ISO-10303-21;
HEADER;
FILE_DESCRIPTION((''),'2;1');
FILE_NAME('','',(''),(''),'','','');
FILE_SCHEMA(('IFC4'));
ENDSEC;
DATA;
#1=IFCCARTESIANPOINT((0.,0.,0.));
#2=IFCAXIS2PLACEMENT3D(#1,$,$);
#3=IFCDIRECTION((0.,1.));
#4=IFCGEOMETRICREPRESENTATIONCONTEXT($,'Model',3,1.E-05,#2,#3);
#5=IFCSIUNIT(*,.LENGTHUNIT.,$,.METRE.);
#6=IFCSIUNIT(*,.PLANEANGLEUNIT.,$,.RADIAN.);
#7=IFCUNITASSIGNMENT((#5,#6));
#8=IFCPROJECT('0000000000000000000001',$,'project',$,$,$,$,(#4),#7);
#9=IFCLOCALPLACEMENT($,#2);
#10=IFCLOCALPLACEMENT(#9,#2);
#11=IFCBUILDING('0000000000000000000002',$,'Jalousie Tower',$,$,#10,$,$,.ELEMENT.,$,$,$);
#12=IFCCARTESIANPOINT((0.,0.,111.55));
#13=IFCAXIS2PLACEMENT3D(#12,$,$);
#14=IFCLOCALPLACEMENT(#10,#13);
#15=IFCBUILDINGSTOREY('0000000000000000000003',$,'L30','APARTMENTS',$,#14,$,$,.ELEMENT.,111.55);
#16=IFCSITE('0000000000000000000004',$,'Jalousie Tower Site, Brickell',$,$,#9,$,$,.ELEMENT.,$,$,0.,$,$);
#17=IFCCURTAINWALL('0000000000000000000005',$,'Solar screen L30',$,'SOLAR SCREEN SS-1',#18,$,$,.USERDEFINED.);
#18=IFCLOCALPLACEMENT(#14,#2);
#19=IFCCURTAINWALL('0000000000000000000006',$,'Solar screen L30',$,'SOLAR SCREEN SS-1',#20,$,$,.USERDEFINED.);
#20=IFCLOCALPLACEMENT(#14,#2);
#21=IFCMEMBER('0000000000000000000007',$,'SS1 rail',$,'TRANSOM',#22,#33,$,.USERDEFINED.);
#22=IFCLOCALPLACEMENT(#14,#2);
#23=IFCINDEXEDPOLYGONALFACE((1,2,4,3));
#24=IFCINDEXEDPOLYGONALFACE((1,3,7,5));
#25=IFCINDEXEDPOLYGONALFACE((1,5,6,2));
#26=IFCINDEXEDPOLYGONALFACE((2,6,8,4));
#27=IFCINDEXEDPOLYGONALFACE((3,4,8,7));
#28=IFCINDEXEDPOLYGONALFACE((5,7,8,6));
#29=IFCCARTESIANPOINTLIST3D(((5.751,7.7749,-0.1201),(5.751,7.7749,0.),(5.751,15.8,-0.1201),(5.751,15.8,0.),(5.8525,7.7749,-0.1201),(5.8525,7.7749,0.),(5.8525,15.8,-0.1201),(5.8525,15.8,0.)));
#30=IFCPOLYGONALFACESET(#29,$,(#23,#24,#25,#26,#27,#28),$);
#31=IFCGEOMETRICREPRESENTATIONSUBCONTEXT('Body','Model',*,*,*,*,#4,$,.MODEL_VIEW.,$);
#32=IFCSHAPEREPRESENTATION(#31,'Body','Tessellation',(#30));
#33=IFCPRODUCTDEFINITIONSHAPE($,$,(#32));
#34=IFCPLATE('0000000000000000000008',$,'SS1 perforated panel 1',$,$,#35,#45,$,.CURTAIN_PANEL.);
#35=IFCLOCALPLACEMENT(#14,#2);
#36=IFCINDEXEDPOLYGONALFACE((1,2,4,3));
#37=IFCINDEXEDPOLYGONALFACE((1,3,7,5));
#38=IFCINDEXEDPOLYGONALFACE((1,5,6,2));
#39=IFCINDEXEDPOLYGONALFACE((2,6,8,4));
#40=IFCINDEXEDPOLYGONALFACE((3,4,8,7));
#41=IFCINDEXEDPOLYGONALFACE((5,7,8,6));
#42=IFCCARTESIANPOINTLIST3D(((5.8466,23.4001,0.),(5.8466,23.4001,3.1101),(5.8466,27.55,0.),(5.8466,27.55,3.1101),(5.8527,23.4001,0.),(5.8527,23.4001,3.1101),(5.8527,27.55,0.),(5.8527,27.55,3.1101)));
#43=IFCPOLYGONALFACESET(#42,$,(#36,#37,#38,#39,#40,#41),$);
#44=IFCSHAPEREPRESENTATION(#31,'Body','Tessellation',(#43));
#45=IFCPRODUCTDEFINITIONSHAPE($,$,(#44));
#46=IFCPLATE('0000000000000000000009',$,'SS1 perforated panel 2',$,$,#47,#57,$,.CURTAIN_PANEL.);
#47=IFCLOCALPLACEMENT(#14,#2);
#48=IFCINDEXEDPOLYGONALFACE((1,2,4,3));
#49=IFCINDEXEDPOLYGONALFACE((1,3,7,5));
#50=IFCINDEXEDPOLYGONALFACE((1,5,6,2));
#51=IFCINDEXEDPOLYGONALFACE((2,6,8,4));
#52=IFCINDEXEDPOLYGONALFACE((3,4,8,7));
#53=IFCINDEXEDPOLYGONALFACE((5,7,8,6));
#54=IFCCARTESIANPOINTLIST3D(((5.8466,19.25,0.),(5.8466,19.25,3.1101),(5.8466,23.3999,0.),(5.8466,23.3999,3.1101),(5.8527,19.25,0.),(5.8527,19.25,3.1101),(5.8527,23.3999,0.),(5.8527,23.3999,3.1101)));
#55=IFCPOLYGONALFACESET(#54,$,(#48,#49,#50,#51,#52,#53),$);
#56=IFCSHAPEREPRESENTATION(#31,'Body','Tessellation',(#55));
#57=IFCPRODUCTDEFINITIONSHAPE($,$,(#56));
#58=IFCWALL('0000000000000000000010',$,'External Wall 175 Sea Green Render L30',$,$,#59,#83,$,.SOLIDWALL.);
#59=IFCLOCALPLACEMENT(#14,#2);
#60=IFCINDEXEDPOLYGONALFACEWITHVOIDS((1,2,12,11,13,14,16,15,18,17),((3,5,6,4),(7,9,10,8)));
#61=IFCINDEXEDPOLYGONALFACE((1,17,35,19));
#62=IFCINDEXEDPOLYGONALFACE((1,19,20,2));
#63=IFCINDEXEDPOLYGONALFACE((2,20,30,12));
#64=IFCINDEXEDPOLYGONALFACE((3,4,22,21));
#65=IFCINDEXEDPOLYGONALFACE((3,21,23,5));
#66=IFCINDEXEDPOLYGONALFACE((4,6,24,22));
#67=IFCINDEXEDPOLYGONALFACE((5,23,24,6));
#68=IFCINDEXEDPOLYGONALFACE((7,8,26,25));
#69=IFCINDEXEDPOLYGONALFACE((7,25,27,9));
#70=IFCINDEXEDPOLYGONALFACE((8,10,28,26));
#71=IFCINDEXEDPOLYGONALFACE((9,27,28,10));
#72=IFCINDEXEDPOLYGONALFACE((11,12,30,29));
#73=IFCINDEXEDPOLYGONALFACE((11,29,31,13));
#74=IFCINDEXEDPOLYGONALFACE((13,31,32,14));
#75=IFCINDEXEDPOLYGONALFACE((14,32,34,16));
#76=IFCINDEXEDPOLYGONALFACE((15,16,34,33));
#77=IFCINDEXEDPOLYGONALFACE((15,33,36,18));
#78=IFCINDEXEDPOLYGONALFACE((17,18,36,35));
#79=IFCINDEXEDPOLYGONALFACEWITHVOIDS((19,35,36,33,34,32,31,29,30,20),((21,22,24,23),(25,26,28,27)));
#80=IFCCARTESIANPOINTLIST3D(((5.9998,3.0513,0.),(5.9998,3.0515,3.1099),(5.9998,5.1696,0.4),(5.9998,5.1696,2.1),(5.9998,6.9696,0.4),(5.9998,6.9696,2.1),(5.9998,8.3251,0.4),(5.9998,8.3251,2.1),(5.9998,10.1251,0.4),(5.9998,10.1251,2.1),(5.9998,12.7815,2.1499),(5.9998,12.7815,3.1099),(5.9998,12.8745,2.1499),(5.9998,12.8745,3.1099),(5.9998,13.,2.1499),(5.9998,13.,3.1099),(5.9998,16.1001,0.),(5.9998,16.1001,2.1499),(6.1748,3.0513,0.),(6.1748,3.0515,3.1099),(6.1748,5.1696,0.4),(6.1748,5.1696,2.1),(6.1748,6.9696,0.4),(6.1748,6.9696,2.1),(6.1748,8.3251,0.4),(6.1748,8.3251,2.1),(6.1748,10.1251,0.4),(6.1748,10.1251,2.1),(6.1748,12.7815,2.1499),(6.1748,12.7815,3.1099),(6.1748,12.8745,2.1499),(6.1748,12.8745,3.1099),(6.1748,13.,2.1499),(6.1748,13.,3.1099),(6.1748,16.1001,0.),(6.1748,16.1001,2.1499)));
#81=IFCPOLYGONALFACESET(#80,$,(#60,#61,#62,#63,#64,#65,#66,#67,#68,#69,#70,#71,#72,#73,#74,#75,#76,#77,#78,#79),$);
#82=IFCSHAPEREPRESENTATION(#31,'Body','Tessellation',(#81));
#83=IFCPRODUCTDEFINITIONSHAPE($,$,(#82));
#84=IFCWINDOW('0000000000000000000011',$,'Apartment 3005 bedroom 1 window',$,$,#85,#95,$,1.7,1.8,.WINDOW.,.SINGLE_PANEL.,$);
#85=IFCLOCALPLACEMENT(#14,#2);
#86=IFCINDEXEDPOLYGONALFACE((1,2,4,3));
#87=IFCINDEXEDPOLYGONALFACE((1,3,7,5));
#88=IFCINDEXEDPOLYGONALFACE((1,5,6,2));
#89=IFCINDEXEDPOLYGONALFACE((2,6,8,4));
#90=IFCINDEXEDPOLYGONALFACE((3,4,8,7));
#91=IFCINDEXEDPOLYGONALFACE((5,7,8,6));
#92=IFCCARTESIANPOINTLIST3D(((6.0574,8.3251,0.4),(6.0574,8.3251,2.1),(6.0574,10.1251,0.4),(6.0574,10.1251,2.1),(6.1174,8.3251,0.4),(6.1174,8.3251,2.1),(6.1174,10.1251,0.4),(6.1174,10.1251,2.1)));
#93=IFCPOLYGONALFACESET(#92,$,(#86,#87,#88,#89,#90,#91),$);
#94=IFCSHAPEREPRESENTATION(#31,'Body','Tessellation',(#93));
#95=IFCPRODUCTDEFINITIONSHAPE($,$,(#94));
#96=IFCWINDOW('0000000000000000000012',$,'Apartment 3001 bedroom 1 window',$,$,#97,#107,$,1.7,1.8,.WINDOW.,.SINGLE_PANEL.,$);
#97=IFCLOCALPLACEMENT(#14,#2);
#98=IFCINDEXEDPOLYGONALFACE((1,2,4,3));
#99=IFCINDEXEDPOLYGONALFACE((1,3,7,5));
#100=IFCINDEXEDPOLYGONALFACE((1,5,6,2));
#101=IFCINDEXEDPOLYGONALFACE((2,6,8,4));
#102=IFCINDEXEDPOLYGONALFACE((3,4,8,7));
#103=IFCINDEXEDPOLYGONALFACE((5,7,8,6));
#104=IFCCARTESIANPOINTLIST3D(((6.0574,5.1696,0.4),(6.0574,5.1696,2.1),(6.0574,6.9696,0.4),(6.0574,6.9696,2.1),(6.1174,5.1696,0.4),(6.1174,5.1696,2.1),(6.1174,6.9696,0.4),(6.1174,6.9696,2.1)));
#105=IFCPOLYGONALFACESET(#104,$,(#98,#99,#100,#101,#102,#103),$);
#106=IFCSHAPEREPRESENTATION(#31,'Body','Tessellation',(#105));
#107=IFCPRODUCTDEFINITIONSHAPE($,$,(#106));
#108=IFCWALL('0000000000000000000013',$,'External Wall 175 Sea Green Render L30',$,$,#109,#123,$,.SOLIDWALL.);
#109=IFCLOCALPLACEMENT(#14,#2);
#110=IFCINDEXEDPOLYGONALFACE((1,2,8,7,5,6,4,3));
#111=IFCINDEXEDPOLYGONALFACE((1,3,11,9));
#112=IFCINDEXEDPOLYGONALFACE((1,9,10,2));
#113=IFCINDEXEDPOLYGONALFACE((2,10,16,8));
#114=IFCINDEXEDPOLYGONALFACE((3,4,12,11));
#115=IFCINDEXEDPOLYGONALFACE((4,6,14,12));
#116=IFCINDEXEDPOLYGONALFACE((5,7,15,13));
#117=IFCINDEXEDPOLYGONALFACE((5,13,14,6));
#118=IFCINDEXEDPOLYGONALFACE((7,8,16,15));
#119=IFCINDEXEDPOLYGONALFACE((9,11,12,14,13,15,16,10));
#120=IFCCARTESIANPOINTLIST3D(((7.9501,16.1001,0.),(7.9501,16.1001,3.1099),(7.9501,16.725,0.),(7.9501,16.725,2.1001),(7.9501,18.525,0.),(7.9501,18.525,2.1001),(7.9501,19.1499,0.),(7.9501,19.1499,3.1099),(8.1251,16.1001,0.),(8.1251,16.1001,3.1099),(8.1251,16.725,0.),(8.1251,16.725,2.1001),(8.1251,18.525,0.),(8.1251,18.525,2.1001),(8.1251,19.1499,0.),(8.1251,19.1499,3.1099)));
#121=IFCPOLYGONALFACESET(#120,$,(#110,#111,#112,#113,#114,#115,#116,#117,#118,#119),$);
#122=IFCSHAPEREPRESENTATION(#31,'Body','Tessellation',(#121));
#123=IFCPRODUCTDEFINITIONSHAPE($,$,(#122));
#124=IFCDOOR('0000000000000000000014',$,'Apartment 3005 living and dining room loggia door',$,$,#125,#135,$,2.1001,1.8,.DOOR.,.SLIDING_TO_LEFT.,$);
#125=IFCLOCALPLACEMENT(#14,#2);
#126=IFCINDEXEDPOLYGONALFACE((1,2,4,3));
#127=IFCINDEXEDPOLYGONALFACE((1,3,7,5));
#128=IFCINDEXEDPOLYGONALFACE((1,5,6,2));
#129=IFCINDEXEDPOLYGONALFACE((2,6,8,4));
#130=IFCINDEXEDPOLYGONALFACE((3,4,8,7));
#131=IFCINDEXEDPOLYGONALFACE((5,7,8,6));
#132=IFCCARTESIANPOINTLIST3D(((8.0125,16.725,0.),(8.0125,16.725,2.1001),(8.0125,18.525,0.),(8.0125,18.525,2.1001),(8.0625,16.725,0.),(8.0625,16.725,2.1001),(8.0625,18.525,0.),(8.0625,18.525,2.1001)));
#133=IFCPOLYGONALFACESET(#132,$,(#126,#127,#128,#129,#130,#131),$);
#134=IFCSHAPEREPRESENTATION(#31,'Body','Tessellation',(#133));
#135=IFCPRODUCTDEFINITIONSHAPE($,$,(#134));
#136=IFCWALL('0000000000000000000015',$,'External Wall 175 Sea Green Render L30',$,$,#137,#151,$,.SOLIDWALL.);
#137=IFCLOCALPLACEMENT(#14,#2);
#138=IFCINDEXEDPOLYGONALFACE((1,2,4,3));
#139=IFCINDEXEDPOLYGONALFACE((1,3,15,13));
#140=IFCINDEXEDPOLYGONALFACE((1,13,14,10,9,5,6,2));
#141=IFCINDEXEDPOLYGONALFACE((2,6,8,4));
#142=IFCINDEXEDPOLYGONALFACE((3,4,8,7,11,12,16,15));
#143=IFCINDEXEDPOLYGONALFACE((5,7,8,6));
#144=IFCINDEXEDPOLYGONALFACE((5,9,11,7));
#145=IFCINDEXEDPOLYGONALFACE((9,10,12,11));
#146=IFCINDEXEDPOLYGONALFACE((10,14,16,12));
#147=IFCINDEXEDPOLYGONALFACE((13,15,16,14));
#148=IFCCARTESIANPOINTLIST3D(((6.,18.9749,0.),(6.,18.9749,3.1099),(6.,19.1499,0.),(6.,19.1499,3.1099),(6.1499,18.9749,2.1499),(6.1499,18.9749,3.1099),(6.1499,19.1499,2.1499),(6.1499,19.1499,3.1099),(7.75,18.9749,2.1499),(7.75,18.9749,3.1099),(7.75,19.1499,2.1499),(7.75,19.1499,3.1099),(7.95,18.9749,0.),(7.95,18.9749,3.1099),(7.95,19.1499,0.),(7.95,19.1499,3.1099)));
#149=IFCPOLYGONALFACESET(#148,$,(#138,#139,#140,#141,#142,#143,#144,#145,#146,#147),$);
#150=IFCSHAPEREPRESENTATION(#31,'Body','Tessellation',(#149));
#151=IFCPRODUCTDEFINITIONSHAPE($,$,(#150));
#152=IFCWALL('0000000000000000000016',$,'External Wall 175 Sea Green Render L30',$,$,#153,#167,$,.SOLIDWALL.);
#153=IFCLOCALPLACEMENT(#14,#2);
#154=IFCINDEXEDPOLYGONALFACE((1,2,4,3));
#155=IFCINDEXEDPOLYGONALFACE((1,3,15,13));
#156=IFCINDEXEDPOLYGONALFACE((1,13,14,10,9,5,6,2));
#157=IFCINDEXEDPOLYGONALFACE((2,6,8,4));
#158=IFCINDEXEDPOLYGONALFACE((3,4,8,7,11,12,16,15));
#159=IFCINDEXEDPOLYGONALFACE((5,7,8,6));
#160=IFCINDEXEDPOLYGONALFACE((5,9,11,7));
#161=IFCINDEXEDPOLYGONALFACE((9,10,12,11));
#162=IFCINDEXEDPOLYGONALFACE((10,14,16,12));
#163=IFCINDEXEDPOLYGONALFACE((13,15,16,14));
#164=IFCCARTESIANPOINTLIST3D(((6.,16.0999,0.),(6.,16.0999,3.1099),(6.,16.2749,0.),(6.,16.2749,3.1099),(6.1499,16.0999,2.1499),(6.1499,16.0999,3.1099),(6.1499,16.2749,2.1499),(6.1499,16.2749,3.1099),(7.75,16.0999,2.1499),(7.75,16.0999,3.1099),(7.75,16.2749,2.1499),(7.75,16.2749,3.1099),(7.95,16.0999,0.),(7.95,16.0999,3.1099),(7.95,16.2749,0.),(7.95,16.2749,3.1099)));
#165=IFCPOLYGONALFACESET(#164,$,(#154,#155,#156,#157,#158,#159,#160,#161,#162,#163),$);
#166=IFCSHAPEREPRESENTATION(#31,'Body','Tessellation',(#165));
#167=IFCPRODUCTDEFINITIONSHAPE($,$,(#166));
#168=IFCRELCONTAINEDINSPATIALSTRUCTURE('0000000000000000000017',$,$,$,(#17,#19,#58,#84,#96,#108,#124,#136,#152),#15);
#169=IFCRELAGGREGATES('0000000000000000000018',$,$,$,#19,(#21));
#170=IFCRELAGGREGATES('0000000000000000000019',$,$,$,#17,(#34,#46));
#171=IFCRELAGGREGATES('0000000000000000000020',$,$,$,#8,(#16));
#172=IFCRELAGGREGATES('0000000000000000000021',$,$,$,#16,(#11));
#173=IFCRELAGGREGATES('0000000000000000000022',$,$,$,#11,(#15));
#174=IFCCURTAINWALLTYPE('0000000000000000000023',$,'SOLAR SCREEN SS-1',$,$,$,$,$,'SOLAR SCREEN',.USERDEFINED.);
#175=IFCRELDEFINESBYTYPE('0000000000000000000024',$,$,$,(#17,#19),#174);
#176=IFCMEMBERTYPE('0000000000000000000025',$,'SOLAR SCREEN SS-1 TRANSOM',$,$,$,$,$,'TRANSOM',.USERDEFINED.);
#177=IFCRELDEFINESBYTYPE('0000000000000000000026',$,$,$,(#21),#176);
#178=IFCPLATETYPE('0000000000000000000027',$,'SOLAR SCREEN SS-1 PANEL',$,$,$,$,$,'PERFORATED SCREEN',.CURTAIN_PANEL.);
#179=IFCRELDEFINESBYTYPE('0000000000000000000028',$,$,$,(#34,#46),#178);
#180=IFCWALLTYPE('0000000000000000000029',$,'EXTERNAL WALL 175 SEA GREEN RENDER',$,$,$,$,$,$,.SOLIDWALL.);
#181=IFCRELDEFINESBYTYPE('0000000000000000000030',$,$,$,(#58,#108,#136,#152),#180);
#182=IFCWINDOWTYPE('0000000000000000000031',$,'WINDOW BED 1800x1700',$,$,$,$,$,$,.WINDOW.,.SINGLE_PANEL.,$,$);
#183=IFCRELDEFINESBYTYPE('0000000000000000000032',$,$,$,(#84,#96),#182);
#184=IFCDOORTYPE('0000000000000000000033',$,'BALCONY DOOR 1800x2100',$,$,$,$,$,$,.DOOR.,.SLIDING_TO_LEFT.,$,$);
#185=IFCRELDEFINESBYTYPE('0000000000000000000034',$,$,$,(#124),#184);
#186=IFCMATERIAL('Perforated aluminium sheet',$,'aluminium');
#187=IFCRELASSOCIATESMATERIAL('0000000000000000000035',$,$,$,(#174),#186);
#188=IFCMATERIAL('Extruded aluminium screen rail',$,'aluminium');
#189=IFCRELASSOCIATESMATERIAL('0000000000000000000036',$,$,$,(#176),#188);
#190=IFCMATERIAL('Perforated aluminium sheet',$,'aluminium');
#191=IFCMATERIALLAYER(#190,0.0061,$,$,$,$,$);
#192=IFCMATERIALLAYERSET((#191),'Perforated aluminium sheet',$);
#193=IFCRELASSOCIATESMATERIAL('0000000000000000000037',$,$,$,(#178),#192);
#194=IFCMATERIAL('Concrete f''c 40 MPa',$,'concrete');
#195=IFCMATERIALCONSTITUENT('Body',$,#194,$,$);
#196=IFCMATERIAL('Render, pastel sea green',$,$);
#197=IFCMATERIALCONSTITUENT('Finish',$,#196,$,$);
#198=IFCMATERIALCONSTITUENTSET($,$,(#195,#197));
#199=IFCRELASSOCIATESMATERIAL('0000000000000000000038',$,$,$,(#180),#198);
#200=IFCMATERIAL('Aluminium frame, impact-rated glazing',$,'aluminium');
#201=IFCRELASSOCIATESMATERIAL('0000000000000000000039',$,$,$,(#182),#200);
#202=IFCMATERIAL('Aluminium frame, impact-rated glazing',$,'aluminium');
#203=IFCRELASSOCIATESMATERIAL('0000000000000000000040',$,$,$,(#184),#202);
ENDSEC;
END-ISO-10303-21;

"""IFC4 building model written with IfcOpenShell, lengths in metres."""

from ifc_helpers import new_model, si_unit, direction, frame, frame_2d, origin, origin_2d, place, context, subcontext, project, spatial, polyline, rectangle, outline, extrude, material, layer, layer_set, constituent, constituent_set, material_profile, profile_set, type_object, element, fill, aggregate, save


model = new_model("IFC4")

# Units and contexts
model_context = context("Model", 3, precision=1e-05, world=origin(), true_north=direction((0.0, 1.0)))
body_context = subcontext(model_context, "Body", "Model", "MODEL_VIEW")
ifc_project = project(units=[si_unit("LENGTHUNIT", "METRE"), si_unit("PLANEANGLEUNIT", "RADIAN")], contexts=[model_context])

# Site, building, storey
site_placement = place(None, origin())
site = spatial("IfcSite", under=ifc_project, at=site_placement, Name="Jalousie Tower Site, Brickell", CompositionType="ELEMENT", RefElevation=0.0)
building_placement = place(site_placement, origin())
building = spatial("IfcBuilding", under=site, at=building_placement, Name="Jalousie Tower", CompositionType="ELEMENT")
storey_placement = place(building_placement, frame((0.0, 0.0, 111.55)))
storey = spatial("IfcBuildingStorey", under=building, at=storey_placement, Name="L30", Description="APARTMENTS", CompositionType="ELEMENT", Elevation=111.55)

# Curtain walls, member
ifc_material_1 = material(Name="Perforated aluminium sheet", Category="aluminium")
curtain_wall_type = type_object("IfcCurtainWallType", Name="SOLAR SCREEN SS-1", ElementType="SOLAR SCREEN", PredefinedType="USERDEFINED", material=ifc_material_1)
curtain_wall_1_placement = place(storey_placement, origin())
curtain_wall_1 = element("IfcCurtainWall", 1, at=curtain_wall_1_placement, inside=storey, type_object=curtain_wall_type, Name="Solar screen L30", ObjectType="SOLAR SCREEN SS-1", PredefinedType="USERDEFINED")
curtain_wall_2_placement = place(storey_placement, origin())
curtain_wall_2 = element("IfcCurtainWall", 2, at=curtain_wall_2_placement, inside=storey, type_object=curtain_wall_type, Name="Solar screen L30", ObjectType="SOLAR SCREEN SS-1", PredefinedType="USERDEFINED")
ifc_material_2 = material(Name="Extruded aluminium screen rail", Category="aluminium")
ifc_material_profile_1 = material_profile(ifc_material_2, rectangle(XDim=0.1016, YDim=0.1201, at=origin_2d()), Name="RAIL 102x120")
ifc_profile_set_1 = profile_set([ifc_material_profile_1], Name="Extruded aluminium screen rail")
member_type_1 = type_object("IfcMemberType", Name="SOLAR SCREEN SS-1 TRANSOM", ElementType="TRANSOM", PredefinedType="USERDEFINED", material=ifc_profile_set_1)
member_1_placement = place(storey_placement, frame((5.8018, 15.8, -0.0601), z_axis=(0.0, -1.0, 0.0), x_axis=(1.0, 0.0, 0.0)))
member_1 = element("IfcMember", 3, at=member_1_placement, type_object=member_type_1, Name="SS1 rail", ObjectType="TRANSOM", PredefinedType="USERDEFINED", context=body_context, shape_type="SweptSolid", body=[
    extrude(rectangle(XDim=0.1016, YDim=0.1201, at=origin_2d()), origin(), (0.0, 0.0, 1.0), 8.0251),
])
aggregate(curtain_wall_2, [member_1])

# Plates
ifc_material_3 = material(Name="Perforated aluminium sheet", Category="aluminium")
ifc_layer_1 = layer(ifc_material_3, 0.0061)
ifc_layer_set_1 = layer_set([ifc_layer_1], Name="Perforated aluminium sheet")
plate_type = type_object("IfcPlateType", Name="SOLAR SCREEN SS-1 PANEL", ElementType="PERFORATED SCREEN", PredefinedType="CURTAIN_PANEL", material=ifc_layer_set_1)
plate_1_placement = place(storey_placement, frame((5.8496, 25.4751, 0.0), z_axis=(0.0, 0.0, 1.0), x_axis=(0.0, -1.0, 0.0)))
plate_1 = element("IfcPlate", 4, at=plate_1_placement, type_object=plate_type, Name="SS1 perforated panel 1", PredefinedType="CURTAIN_PANEL", context=body_context, shape_type="SweptSolid", body=[
    extrude(rectangle(XDim=4.1499, YDim=0.0061, at=origin_2d()), origin(), (0.0, 0.0, 1.0), 3.1101),
])
plate_2_placement = place(storey_placement, frame((5.8496, 21.325, 0.0), z_axis=(0.0, 0.0, 1.0), x_axis=(0.0, -1.0, 0.0)))
plate_2 = element("IfcPlate", 5, at=plate_2_placement, type_object=plate_type, Name="SS1 perforated panel 2", PredefinedType="CURTAIN_PANEL", context=body_context, shape_type="SweptSolid", body=[
    extrude(rectangle(XDim=4.1499, YDim=0.0061, at=origin_2d()), origin(), (0.0, 0.0, 1.0), 3.1101),
])
aggregate(curtain_wall_1, [plate_1, plate_2])

# Wall, openings, windows
ifc_material_4 = material(Name="Concrete f'c 40 MPa", Category="concrete")
ifc_constituent_1 = constituent(ifc_material_4, Name="Body")
ifc_material_5 = material(Name="Render, pastel sea green")
ifc_constituent_2 = constituent(ifc_material_5, Name="Finish")
ifc_constituent_set_1 = constituent_set(constituents=[ifc_constituent_1, ifc_constituent_2])
wall_type_1 = type_object("IfcWallType", Name="EXTERNAL WALL 175 SEA GREEN RENDER", PredefinedType="SOLIDWALL", material=ifc_constituent_set_1)
wall_1_placement = place(storey_placement, frame((6.0874, 16.1001, 0.0), z_axis=(0.0, 0.0, 1.0), x_axis=(0.0, -1.0, 0.0)))
wall_1 = element("IfcWall", 6, at=wall_1_placement, inside=storey, type_object=wall_type_1, Name="External Wall 175 Sea Green Render L30", PredefinedType="SOLIDWALL", context=body_context, shape_type="SweptSolid", body=[
    extrude(outline(polyline([(0.0, 0.0), (13.0488, 0.0), (13.0486, 3.1099), (3.3186, 3.1099), (3.3186, 2.1499), (3.2256, 2.1499), (3.2256, 3.1099), (3.1001, 3.1099), (3.1001, 2.1499), (0.0, 2.1499), (0.0, 0.0)])), frame((0.0, 0.0874, 0.0), z_axis=(0.0, -1.0, 0.0), x_axis=(1.0, 0.0, 0.0)), (0.0, 0.0, 1.0), 0.175),
])
opening_1_placement = place(wall_1_placement, frame((5.9751, 0.0, 0.3999)))
opening_1 = element("IfcOpeningElement", 7, at=opening_1_placement, cuts=wall_1, PredefinedType="OPENING", context=body_context, shape_type="SweptSolid", body=[
    extrude(rectangle(XDim=1.8, YDim=1.7, at=frame_2d((0.8999, 0.8501))), frame((0.0, 0.0974, 0.0), z_axis=(0.0, -1.0, 0.0), x_axis=(1.0, 0.0, 0.0)), (0.0, 0.0, 1.0), 0.1951),
])
opening_2_placement = place(wall_1_placement, frame((9.1306, 0.0, 0.3999)))
opening_2 = element("IfcOpeningElement", 8, at=opening_2_placement, cuts=wall_1, PredefinedType="OPENING", context=body_context, shape_type="SweptSolid", body=[
    extrude(rectangle(XDim=1.8, YDim=1.7, at=frame_2d((0.8999, 0.8501))), frame((0.0, 0.0974, 0.0), z_axis=(0.0, -1.0, 0.0), x_axis=(1.0, 0.0, 0.0)), (0.0, 0.0, 1.0), 0.1951),
])
ifc_material_6 = material(Name="Aluminium frame, impact-rated glazing", Category="aluminium")
window_type = type_object("IfcWindowType", Name="WINDOW BED 1800x1700", PartitioningType="SINGLE_PANEL", PredefinedType="WINDOW", material=ifc_material_6)
window_1_placement = place(opening_1_placement, origin())
window_1 = element("IfcWindow", 9, at=window_1_placement, inside=storey, type_object=window_type, Name="Apartment 3005 bedroom 1 window", OverallHeight=1.7, OverallWidth=1.8, PartitioningType="SINGLE_PANEL", PredefinedType="WINDOW", context=body_context, shape_type="SweptSolid", body=[
    extrude(rectangle(XDim=1.8, YDim=1.7, at=frame_2d((0.8999, 0.8501))), frame((0.0, 0.03, 0.0), z_axis=(0.0, -1.0, 0.0), x_axis=(1.0, 0.0, 0.0)), (0.0, 0.0, 1.0), 0.0601),
])
fill(opening_1, window_1)
window_2_placement = place(opening_2_placement, origin())
window_2 = element("IfcWindow", 10, at=window_2_placement, inside=storey, type_object=window_type, Name="Apartment 3001 bedroom 1 window", OverallHeight=1.7, OverallWidth=1.8, PartitioningType="SINGLE_PANEL", PredefinedType="WINDOW", context=body_context, shape_type="SweptSolid", body=[
    extrude(rectangle(XDim=1.8, YDim=1.7, at=frame_2d((0.8999, 0.8501))), frame((0.0, 0.03, 0.0), z_axis=(0.0, -1.0, 0.0), x_axis=(1.0, 0.0, 0.0)), (0.0, 0.0, 1.0), 0.0601),
])
fill(opening_2, window_2)

# Wall, opening, door
wall_2_placement = place(storey_placement, frame((8.0376, 19.1499, 0.0), z_axis=(0.0, 0.0, 1.0), x_axis=(0.0, -1.0, 0.0)))
wall_2 = element("IfcWall", 11, at=wall_2_placement, inside=storey, type_object=wall_type_1, Name="External Wall 175 Sea Green Render L30", PredefinedType="SOLIDWALL", context=body_context, shape_type="SweptSolid", body=[
    extrude(rectangle(XDim=3.0498, YDim=0.175, at=frame_2d((1.5249, 0.0))), origin(), (0.0, 0.0, 1.0), 3.1099),
])
opening_3_placement = place(wall_2_placement, frame((0.625, 0.0, 0.0)))
opening_3 = element("IfcOpeningElement", 12, at=opening_3_placement, cuts=wall_2, PredefinedType="OPENING", context=body_context, shape_type="SweptSolid", body=[
    extrude(rectangle(XDim=1.8, YDim=2.1001, at=frame_2d((0.8999, 1.05))), frame((0.0, 0.0974, 0.0), z_axis=(0.0, -1.0, 0.0), x_axis=(1.0, 0.0, 0.0)), (0.0, 0.0, 1.0), 0.1951),
])
ifc_material_7 = material(Name="Aluminium frame, impact-rated glazing", Category="aluminium")
door_type_1 = type_object("IfcDoorType", Name="BALCONY DOOR 1800x2100", OperationType="SLIDING_TO_LEFT", PredefinedType="DOOR", material=ifc_material_7)
door_1_placement = place(opening_3_placement, origin())
door_1 = element("IfcDoor", 13, at=door_1_placement, inside=storey, type_object=door_type_1, Name="Apartment 3005 living and dining room loggia door", OperationType="SLIDING_TO_LEFT", OverallHeight=2.1001, OverallWidth=1.8, PredefinedType="DOOR", context=body_context, shape_type="SweptSolid", body=[
    extrude(rectangle(XDim=1.8, YDim=2.1001, at=frame_2d((0.8999, 1.05))), frame((0.0, 0.0249, 0.0), z_axis=(0.0, -1.0, 0.0), x_axis=(1.0, 0.0, 0.0)), (0.0, 0.0, 1.0), 0.05),
])
fill(opening_3, door_1)

# Walls
for number, where, z_axis, x_axis, name in (
    (14, (6.0, 19.0625, 0.0), (0.0, 0.0, 1.0), (1.0, 0.0, 0.0), "External Wall 175 Sea Green Render L30"),
    (15, (6.0, 16.1875, 0.0), (0.0, 0.0, 1.0), (1.0, 0.0, 0.0), "External Wall 175 Sea Green Render L30"),
):
    element("IfcWall", number, at=place(storey_placement, frame(where, z_axis=z_axis, x_axis=x_axis)), inside=storey, type_object=wall_type_1, Name=name, PredefinedType="SOLIDWALL", context=body_context, shape_type="SweptSolid", body=[
        extrude(outline(polyline([(0.0, 0.0), (1.95, 0.0), (1.95, 3.1099), (1.75, 3.1099), (1.75, 2.1499), (0.1499, 2.1499), (0.1499, 3.1099), (0.0, 3.1099), (0.0, 0.0)])), frame((0.0, 0.0874, 0.0), z_axis=(0.0, -1.0, 0.0), x_axis=(1.0, 0.0, 0.0)), (0.0, 0.0, 1.0), 0.175),
    ])

save(model, "model.ifc")
